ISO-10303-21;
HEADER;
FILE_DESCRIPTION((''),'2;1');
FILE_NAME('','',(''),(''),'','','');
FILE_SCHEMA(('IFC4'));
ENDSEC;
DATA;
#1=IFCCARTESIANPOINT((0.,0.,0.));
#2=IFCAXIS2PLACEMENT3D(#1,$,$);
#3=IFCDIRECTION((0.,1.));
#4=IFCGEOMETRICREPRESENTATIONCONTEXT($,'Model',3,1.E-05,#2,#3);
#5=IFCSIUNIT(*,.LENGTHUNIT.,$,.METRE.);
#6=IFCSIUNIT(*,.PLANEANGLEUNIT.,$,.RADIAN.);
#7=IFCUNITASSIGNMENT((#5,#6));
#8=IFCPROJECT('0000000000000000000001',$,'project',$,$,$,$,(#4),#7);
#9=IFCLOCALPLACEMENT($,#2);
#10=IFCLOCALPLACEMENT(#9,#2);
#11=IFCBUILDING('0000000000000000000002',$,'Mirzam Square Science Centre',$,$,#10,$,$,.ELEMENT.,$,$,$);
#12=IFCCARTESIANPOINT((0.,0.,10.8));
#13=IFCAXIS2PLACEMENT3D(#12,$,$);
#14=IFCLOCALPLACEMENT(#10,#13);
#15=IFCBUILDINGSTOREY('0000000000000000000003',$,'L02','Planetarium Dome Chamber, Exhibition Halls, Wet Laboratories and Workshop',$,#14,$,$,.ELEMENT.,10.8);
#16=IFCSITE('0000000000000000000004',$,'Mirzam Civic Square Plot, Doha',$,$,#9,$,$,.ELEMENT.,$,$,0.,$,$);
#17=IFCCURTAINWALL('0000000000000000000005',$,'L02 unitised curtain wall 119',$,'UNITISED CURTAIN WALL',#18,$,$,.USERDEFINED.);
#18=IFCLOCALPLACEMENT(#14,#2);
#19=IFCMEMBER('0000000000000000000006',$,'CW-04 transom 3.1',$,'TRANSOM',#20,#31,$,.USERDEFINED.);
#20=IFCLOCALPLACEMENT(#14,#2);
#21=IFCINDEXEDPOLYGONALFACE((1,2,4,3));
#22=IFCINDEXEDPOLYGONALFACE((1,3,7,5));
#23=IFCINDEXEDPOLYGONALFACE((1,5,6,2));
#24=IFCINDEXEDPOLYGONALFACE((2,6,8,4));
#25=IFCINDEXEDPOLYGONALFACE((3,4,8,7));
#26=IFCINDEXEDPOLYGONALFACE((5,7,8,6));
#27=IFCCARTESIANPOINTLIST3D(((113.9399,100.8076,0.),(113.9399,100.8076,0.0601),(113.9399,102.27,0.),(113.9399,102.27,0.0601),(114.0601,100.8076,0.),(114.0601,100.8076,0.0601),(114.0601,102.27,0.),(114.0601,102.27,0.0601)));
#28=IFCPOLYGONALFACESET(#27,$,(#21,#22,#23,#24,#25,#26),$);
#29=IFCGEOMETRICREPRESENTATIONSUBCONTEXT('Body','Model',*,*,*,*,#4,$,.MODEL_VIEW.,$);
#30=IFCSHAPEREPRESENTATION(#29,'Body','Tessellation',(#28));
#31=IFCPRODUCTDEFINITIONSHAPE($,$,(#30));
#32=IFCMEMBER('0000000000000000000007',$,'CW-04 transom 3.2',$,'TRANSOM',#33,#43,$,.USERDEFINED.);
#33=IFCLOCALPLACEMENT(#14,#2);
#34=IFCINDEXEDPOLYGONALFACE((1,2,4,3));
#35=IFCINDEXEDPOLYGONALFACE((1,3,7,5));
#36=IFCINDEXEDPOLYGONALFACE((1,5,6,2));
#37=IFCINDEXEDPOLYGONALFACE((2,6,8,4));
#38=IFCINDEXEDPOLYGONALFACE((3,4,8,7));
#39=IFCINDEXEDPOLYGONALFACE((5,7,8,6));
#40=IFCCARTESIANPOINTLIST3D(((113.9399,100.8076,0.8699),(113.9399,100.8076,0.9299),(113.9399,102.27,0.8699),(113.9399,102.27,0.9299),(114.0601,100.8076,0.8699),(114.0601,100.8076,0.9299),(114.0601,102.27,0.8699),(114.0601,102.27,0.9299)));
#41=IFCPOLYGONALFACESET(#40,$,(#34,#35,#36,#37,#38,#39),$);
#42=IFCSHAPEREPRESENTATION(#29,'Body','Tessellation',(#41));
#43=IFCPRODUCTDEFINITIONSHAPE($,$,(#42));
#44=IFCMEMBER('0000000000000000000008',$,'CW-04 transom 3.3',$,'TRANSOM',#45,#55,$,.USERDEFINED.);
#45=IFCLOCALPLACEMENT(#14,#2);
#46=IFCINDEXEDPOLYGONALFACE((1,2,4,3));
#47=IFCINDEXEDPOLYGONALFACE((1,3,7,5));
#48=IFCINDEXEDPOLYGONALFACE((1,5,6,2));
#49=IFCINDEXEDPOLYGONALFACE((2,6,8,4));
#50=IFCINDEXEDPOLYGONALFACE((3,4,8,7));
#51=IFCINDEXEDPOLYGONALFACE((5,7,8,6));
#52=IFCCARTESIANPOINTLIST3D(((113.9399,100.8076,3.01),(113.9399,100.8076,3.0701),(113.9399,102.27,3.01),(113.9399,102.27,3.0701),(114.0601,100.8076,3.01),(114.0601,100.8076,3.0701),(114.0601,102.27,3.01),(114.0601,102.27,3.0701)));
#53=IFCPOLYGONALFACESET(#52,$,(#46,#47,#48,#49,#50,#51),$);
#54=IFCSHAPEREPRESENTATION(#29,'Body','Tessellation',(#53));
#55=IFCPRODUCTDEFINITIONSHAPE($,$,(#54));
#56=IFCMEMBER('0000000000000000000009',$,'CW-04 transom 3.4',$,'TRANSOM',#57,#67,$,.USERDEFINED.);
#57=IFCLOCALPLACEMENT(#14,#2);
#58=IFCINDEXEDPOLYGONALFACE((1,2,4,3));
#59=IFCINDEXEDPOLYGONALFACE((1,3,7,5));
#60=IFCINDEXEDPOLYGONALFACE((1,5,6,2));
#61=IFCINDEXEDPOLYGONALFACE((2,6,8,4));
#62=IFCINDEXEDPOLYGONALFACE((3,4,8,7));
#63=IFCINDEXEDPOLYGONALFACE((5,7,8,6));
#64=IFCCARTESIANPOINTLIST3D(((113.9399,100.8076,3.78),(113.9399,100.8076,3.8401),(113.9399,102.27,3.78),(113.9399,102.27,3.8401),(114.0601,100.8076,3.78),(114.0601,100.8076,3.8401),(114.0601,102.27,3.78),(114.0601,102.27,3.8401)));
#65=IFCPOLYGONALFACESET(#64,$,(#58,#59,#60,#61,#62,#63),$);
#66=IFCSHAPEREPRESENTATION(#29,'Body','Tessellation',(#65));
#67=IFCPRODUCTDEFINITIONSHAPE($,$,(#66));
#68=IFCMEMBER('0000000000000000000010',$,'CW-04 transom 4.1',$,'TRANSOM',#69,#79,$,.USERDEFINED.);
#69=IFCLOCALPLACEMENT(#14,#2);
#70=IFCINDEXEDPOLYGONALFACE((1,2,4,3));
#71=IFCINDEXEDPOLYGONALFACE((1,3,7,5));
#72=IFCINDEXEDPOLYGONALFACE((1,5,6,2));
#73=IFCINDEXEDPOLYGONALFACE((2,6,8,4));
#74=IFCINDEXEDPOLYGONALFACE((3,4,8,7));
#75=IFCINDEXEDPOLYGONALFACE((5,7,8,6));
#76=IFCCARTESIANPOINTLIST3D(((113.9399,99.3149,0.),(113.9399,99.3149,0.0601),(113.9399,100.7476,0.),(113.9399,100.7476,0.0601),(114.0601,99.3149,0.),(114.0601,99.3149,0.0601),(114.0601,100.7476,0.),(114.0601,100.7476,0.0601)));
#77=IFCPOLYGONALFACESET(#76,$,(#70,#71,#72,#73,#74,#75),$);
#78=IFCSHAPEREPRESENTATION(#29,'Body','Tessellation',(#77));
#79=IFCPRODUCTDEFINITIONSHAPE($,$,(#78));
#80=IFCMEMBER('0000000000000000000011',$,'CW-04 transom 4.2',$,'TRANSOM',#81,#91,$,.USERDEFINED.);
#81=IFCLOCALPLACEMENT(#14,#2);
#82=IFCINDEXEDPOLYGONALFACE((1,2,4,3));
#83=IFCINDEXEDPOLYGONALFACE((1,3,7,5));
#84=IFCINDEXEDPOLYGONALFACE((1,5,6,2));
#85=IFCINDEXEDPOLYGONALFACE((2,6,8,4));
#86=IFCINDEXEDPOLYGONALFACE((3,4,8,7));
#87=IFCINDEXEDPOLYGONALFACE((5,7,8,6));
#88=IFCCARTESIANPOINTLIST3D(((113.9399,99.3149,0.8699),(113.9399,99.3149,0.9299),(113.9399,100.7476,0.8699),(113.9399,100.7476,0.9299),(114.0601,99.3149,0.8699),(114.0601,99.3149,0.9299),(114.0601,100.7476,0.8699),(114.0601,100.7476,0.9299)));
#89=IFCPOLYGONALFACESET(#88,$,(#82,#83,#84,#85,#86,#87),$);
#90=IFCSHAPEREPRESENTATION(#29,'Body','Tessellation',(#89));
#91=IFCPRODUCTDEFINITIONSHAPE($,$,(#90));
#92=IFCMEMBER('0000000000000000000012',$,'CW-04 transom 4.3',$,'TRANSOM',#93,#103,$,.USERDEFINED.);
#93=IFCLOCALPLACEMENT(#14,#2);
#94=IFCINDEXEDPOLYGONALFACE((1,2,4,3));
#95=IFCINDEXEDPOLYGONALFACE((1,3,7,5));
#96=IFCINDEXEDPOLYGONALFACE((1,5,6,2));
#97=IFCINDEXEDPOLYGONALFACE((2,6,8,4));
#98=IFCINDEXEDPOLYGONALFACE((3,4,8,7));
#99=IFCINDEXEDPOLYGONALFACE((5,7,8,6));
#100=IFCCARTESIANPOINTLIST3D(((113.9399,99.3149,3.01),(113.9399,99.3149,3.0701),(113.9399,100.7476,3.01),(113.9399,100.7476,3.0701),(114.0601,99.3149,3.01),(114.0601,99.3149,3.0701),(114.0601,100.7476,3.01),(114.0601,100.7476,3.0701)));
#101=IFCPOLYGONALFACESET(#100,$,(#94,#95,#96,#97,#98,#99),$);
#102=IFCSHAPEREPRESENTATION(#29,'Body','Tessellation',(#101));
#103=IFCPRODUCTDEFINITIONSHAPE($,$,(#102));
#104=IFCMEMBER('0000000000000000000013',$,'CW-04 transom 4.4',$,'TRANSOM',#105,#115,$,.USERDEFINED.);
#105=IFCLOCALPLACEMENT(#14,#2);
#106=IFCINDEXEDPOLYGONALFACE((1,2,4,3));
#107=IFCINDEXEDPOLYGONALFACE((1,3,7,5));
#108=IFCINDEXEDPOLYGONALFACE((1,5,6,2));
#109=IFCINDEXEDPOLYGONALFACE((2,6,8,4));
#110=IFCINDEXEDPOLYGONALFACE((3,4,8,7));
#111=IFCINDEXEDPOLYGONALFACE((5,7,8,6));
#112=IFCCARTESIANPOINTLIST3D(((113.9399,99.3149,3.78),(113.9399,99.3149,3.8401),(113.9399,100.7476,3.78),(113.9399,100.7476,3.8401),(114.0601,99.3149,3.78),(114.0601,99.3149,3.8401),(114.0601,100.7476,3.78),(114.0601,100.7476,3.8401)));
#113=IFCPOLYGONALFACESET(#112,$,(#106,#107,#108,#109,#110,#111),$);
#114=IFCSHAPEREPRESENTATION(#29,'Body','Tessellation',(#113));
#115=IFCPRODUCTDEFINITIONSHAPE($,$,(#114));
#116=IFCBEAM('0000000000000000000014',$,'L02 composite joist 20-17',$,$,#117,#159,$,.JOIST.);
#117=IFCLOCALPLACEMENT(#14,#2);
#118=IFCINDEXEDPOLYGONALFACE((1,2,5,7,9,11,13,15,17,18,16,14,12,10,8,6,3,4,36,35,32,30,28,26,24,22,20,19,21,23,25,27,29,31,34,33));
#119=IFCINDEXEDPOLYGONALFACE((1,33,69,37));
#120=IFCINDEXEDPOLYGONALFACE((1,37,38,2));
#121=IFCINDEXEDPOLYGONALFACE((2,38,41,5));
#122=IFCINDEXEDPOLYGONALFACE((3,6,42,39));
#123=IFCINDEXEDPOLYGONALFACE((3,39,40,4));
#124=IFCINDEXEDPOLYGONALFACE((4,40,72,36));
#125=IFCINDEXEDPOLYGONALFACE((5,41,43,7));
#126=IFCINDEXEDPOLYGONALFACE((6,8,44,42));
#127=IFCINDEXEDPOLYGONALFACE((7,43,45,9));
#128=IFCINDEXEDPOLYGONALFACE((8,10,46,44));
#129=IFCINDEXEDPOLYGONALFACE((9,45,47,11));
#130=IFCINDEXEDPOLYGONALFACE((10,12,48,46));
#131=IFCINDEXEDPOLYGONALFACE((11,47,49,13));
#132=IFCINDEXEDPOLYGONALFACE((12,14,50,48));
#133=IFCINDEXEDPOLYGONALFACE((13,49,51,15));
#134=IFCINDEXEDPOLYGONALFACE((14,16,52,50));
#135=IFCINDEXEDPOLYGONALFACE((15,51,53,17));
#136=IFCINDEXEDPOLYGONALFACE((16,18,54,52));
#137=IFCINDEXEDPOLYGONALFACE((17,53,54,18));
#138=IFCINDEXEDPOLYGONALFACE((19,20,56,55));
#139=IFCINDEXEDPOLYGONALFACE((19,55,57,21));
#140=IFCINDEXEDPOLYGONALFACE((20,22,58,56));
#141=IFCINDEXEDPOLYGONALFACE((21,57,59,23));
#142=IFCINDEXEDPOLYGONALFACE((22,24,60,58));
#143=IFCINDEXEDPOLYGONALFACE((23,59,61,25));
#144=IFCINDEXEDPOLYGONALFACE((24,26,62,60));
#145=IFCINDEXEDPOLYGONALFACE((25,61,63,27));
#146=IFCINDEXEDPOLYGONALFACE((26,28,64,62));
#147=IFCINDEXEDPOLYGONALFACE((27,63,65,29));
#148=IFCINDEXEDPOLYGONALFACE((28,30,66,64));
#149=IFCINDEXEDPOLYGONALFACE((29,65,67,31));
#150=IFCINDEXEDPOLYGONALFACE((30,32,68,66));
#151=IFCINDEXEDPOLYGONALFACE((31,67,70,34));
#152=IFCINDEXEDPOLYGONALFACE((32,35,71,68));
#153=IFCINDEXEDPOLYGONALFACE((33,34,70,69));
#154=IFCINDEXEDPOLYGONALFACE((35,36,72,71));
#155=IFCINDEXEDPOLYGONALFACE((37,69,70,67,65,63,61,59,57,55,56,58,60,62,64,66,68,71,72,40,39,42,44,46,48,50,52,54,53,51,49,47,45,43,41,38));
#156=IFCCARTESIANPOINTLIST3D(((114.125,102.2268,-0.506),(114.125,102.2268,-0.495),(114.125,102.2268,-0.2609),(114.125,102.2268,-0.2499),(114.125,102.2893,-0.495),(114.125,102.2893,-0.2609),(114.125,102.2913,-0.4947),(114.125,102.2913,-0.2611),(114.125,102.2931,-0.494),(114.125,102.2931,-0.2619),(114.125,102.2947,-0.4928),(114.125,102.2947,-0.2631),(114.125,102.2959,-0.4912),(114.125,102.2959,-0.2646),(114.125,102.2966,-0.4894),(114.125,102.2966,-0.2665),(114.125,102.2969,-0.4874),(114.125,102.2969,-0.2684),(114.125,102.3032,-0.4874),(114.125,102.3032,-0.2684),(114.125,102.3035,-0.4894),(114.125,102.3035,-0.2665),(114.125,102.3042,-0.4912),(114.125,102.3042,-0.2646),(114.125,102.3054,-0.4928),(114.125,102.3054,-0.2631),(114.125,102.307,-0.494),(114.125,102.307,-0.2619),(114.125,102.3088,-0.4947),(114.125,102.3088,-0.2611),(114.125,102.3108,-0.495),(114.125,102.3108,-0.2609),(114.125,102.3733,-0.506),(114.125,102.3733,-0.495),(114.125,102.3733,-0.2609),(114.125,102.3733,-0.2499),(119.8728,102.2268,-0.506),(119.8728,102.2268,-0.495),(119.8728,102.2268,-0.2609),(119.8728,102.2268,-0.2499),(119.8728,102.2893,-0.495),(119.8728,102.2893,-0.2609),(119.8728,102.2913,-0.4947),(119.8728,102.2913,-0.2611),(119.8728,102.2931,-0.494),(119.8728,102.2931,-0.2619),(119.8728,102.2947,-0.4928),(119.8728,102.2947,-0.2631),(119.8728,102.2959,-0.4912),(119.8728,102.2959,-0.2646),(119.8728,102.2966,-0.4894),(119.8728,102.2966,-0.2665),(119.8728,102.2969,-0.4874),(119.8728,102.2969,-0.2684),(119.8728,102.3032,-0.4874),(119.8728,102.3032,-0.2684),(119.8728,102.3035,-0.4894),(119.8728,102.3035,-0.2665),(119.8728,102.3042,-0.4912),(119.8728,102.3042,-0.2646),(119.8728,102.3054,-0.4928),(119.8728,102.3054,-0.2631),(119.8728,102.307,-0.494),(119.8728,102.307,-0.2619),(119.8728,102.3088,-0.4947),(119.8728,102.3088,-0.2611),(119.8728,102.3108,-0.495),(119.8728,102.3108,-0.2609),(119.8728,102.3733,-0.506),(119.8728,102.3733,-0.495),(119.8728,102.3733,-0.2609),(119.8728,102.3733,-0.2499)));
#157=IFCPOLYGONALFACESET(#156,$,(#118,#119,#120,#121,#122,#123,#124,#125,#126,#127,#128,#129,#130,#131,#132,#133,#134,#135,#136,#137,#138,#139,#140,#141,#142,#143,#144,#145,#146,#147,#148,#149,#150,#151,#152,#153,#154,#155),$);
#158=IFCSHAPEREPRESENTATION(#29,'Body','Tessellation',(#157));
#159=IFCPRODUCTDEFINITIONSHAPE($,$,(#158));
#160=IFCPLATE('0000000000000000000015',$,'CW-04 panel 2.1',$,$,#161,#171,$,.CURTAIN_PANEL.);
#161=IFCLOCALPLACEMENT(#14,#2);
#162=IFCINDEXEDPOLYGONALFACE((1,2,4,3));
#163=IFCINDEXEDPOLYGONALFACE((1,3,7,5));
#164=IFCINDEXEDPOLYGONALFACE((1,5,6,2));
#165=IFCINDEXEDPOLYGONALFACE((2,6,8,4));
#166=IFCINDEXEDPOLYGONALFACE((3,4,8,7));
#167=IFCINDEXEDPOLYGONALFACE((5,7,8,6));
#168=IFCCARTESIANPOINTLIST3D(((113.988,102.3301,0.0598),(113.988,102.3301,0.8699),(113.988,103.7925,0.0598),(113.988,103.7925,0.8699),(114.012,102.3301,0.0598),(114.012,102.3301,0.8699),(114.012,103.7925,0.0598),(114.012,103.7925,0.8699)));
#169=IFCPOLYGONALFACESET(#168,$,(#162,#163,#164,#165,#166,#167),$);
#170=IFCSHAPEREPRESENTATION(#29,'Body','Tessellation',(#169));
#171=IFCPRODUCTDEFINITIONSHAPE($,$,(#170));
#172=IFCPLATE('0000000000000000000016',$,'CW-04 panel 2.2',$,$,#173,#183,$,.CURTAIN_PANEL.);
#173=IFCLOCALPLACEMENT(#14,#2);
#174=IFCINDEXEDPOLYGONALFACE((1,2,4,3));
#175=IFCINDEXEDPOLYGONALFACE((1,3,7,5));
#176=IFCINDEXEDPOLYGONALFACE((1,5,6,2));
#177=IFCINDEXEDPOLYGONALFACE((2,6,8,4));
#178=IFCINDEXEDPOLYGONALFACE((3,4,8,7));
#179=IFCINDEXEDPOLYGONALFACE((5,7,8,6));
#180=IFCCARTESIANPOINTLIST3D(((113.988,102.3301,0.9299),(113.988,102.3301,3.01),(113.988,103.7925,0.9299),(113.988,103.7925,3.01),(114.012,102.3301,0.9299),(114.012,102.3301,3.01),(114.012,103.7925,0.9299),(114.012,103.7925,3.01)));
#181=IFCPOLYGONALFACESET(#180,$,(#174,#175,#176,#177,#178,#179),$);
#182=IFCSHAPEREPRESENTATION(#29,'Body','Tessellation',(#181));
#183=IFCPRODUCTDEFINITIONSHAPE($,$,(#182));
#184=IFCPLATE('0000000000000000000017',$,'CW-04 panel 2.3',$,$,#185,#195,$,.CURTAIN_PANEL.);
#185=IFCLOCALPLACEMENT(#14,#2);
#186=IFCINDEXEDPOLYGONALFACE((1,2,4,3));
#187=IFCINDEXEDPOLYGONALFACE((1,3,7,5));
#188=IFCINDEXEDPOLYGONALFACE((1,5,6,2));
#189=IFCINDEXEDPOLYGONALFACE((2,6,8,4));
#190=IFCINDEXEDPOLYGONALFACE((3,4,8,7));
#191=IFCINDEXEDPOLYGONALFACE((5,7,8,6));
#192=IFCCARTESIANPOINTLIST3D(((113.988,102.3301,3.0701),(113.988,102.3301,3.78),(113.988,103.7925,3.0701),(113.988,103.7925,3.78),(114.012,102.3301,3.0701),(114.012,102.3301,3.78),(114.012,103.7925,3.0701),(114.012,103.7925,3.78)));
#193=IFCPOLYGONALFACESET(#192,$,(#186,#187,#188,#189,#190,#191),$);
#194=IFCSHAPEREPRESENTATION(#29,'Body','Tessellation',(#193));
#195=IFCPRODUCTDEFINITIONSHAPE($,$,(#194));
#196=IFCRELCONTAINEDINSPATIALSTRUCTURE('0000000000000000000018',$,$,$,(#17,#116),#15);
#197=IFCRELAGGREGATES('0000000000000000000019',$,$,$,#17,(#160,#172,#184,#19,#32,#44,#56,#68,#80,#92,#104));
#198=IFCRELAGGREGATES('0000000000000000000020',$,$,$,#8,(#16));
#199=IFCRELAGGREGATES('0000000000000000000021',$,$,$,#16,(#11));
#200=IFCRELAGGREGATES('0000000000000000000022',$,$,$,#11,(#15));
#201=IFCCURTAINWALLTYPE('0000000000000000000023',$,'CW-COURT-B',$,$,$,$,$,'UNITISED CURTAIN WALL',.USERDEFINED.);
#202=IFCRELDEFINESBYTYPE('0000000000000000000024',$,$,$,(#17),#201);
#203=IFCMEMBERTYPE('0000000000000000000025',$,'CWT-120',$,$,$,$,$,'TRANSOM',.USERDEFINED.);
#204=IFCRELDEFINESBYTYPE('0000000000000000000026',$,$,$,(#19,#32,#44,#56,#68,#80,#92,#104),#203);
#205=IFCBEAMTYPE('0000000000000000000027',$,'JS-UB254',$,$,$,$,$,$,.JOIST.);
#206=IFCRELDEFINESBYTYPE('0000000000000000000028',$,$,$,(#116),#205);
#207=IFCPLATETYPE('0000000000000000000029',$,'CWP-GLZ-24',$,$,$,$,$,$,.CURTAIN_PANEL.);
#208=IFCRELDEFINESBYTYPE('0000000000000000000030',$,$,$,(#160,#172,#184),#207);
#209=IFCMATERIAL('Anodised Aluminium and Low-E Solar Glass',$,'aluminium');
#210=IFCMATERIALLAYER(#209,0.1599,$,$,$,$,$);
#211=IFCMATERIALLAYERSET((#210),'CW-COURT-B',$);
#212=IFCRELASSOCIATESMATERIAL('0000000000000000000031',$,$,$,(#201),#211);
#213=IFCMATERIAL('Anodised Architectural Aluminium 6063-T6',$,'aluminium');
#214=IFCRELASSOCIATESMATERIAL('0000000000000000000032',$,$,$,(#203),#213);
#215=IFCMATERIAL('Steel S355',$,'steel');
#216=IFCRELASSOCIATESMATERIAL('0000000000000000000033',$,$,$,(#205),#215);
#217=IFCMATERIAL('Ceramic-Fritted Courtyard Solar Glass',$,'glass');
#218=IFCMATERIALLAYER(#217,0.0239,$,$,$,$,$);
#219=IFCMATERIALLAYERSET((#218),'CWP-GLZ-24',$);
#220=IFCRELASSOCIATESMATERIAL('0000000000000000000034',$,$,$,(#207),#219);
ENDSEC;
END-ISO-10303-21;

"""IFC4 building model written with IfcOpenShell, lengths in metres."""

from ifc_helpers import new_model, si_unit, direction, frame, origin, origin_2d, place, context, subcontext, project, spatial, rectangle, i_section, extrude, material, layer, layer_set, material_profile, profile_set, type_object, element, aggregate, save


model = new_model("IFC4")

# Units and contexts
model_context = context("Model", 3, precision=1e-05, world=origin(), true_north=direction((0.0, 1.0)))
body_context = subcontext(model_context, "Body", "Model", "MODEL_VIEW")
ifc_project = project(units=[si_unit("LENGTHUNIT", "METRE"), si_unit("PLANEANGLEUNIT", "RADIAN")], contexts=[model_context])

# Site, building, storey
site_placement = place(None, origin())
site = spatial("IfcSite", under=ifc_project, at=site_placement, Name="Mirzam Civic Square Plot, Doha", CompositionType="ELEMENT", RefElevation=0.0)
building_placement = place(site_placement, origin())
building = spatial("IfcBuilding", under=site, at=building_placement, Name="Mirzam Square Science Centre", CompositionType="ELEMENT")
storey_placement = place(building_placement, frame((0.0, 0.0, 10.8)))
storey = spatial("IfcBuildingStorey", under=building, at=storey_placement, Name="L02", Description="Planetarium Dome Chamber, Exhibition Halls, Wet Laboratories and Workshop", CompositionType="ELEMENT", Elevation=10.8)

# Curtain wall, members
ifc_material_1 = material(Name="Anodised Aluminium and Low-E Solar Glass", Category="aluminium")
ifc_layer_1 = layer(ifc_material_1, 0.1599)
ifc_layer_set_1 = layer_set([ifc_layer_1], Name="CW-COURT-B")
curtain_wall_type = type_object("IfcCurtainWallType", Name="CW-COURT-B", ElementType="UNITISED CURTAIN WALL", PredefinedType="USERDEFINED", material=ifc_layer_set_1)
curtain_wall_placement = place(storey_placement, origin())
curtain_wall = element("IfcCurtainWall", 1, at=curtain_wall_placement, inside=storey, type_object=curtain_wall_type, Name="L02 unitised curtain wall 119", ObjectType="UNITISED CURTAIN WALL", PredefinedType="USERDEFINED")
ifc_material_2 = material(Name="Anodised Architectural Aluminium 6063-T6", Category="aluminium")
ifc_material_profile_1 = material_profile(ifc_material_2, rectangle(XDim=0.1201, YDim=0.0601, at=origin_2d()), Name="ALU-TRAN-120x60x4")
ifc_profile_set_1 = profile_set([ifc_material_profile_1], Name="Anodised Architectural Aluminium 6063-T6")
member_type = type_object("IfcMemberType", Name="CWT-120", ElementType="TRANSOM", PredefinedType="USERDEFINED", material=ifc_profile_set_1)
member_1_placement = place(storey_placement, frame((114.0, 102.27, 0.03), z_axis=(0.0, -1.0, 0.0), x_axis=(1.0, 0.0, 0.0)))
member_1 = element("IfcMember", 2, at=member_1_placement, type_object=member_type, Name="CW-04 transom 3.1", ObjectType="TRANSOM", PredefinedType="USERDEFINED", context=body_context, shape_type="SweptSolid", body=[
    extrude(rectangle(XDim=0.1201, YDim=0.0601, at=origin_2d()), origin(), (0.0, 0.0, 1.0), 1.4624),
])
member_2_placement = place(storey_placement, frame((114.0, 102.27, 0.8999), z_axis=(0.0, -1.0, 0.0), x_axis=(1.0, 0.0, 0.0)))
member_2 = element("IfcMember", 3, at=member_2_placement, type_object=member_type, Name="CW-04 transom 3.2", ObjectType="TRANSOM", PredefinedType="USERDEFINED", context=body_context, shape_type="SweptSolid", body=[
    extrude(rectangle(XDim=0.1201, YDim=0.0601, at=origin_2d()), origin(), (0.0, 0.0, 1.0), 1.4624),
])
member_3_placement = place(storey_placement, frame((114.0, 102.27, 3.04), z_axis=(0.0, -1.0, 0.0), x_axis=(1.0, 0.0, 0.0)))
member_3 = element("IfcMember", 4, at=member_3_placement, type_object=member_type, Name="CW-04 transom 3.3", ObjectType="TRANSOM", PredefinedType="USERDEFINED", context=body_context, shape_type="SweptSolid", body=[
    extrude(rectangle(XDim=0.1201, YDim=0.0601, at=origin_2d()), origin(), (0.0, 0.0, 1.0), 1.4624),
])
member_4_placement = place(storey_placement, frame((114.0, 102.27, 3.8101), z_axis=(0.0, -1.0, 0.0), x_axis=(1.0, 0.0, 0.0)))
member_4 = element("IfcMember", 5, at=member_4_placement, type_object=member_type, Name="CW-04 transom 3.4", ObjectType="TRANSOM", PredefinedType="USERDEFINED", context=body_context, shape_type="SweptSolid", body=[
    extrude(rectangle(XDim=0.1201, YDim=0.0601, at=origin_2d()), origin(), (0.0, 0.0, 1.0), 1.4624),
])
member_5_placement = place(storey_placement, frame((114.0, 100.7476, 0.03), z_axis=(0.0, -1.0, 0.0), x_axis=(1.0, 0.0, 0.0)))
member_5 = element("IfcMember", 6, at=member_5_placement, type_object=member_type, Name="CW-04 transom 4.1", ObjectType="TRANSOM", PredefinedType="USERDEFINED", context=body_context, shape_type="SweptSolid", body=[
    extrude(rectangle(XDim=0.1201, YDim=0.0601, at=origin_2d()), origin(), (0.0, 0.0, 1.0), 1.4326),
])
member_6_placement = place(storey_placement, frame((114.0, 100.7476, 0.8999), z_axis=(0.0, -1.0, 0.0), x_axis=(1.0, 0.0, 0.0)))
member_6 = element("IfcMember", 7, at=member_6_placement, type_object=member_type, Name="CW-04 transom 4.2", ObjectType="TRANSOM", PredefinedType="USERDEFINED", context=body_context, shape_type="SweptSolid", body=[
    extrude(rectangle(XDim=0.1201, YDim=0.0601, at=origin_2d()), origin(), (0.0, 0.0, 1.0), 1.4326),
])
member_7_placement = place(storey_placement, frame((114.0, 100.7476, 3.04), z_axis=(0.0, -1.0, 0.0), x_axis=(1.0, 0.0, 0.0)))
member_7 = element("IfcMember", 8, at=member_7_placement, type_object=member_type, Name="CW-04 transom 4.3", ObjectType="TRANSOM", PredefinedType="USERDEFINED", context=body_context, shape_type="SweptSolid", body=[
    extrude(rectangle(XDim=0.1201, YDim=0.0601, at=origin_2d()), origin(), (0.0, 0.0, 1.0), 1.4326),
])
member_8_placement = place(storey_placement, frame((114.0, 100.7476, 3.8101), z_axis=(0.0, -1.0, 0.0), x_axis=(1.0, 0.0, 0.0)))
member_8 = element("IfcMember", 9, at=member_8_placement, type_object=member_type, Name="CW-04 transom 4.4", ObjectType="TRANSOM", PredefinedType="USERDEFINED", context=body_context, shape_type="SweptSolid", body=[
    extrude(rectangle(XDim=0.1201, YDim=0.0601, at=origin_2d()), origin(), (0.0, 0.0, 1.0), 1.4326),
])

# Beam
ifc_material_3 = material(Name="Steel S355", Category="steel")
ifc_material_profile_2 = material_profile(ifc_material_3, i_section(OverallWidth=0.1465, OverallDepth=0.2561, WebThickness=0.0063, FlangeThickness=0.011, FilletRadius=0.0076, at=origin_2d()), Name="254x146x37UB")
ifc_profile_set_2 = profile_set([ifc_material_profile_2], Name="Steel S355")
beam_type = type_object("IfcBeamType", Name="JS-UB254", PredefinedType="JOIST", material=ifc_profile_set_2)
beam_placement = place(storey_placement, frame((114.125, 102.3, -0.3779), z_axis=(1.0, 0.0, 0.0), x_axis=(0.0, 1.0, 0.0)))
element("IfcBeam", 10, at=beam_placement, inside=storey, type_object=beam_type, Name="L02 composite joist 20-17", PredefinedType="JOIST", context=body_context, shape_type="SweptSolid", body=[
    extrude(i_section(OverallWidth=0.1465, OverallDepth=0.2561, WebThickness=0.0063, FlangeThickness=0.011, FilletRadius=0.0076, at=origin_2d()), origin(), (0.0, 0.0, 1.0), 5.7478),
])

# Plates
ifc_material_4 = material(Name="Ceramic-Fritted Courtyard Solar Glass", Category="glass")
ifc_layer_2 = layer(ifc_material_4, 0.0239)
ifc_layer_set_2 = layer_set([ifc_layer_2], Name="CWP-GLZ-24")
plate_type = type_object("IfcPlateType", Name="CWP-GLZ-24", PredefinedType="CURTAIN_PANEL", material=ifc_layer_set_2)
plate_1_placement = place(storey_placement, frame((114.0, 103.0613, 0.0598), z_axis=(0.0, 0.0, 1.0), x_axis=(0.0, -1.0, 0.0)))
plate_1 = element("IfcPlate", 11, at=plate_1_placement, type_object=plate_type, Name="CW-04 panel 2.1", PredefinedType="CURTAIN_PANEL", context=body_context, shape_type="SweptSolid", body=[
    extrude(rectangle(XDim=1.4624, YDim=0.0239, at=origin_2d()), origin(), (0.0, 0.0, 1.0), 0.8101),
])
plate_2_placement = place(storey_placement, frame((114.0, 103.0613, 0.9299), z_axis=(0.0, 0.0, 1.0), x_axis=(0.0, -1.0, 0.0)))
plate_2 = element("IfcPlate", 12, at=plate_2_placement, type_object=plate_type, Name="CW-04 panel 2.2", PredefinedType="CURTAIN_PANEL", context=body_context, shape_type="SweptSolid", body=[
    extrude(rectangle(XDim=1.4624, YDim=0.0239, at=origin_2d()), origin(), (0.0, 0.0, 1.0), 2.0801),
])
plate_3_placement = place(storey_placement, frame((114.0, 103.0613, 3.0701), z_axis=(0.0, 0.0, 1.0), x_axis=(0.0, -1.0, 0.0)))
plate_3 = element("IfcPlate", 13, at=plate_3_placement, type_object=plate_type, Name="CW-04 panel 2.3", PredefinedType="CURTAIN_PANEL", context=body_context, shape_type="SweptSolid", body=[
    extrude(rectangle(XDim=1.4624, YDim=0.0239, at=origin_2d()), origin(), (0.0, 0.0, 1.0), 0.71),
])
aggregate(curtain_wall, [plate_1, plate_2, plate_3, member_1, member_2, member_3, member_4, member_5, member_6, member_7, member_8])

save(model, "model.ifc")
